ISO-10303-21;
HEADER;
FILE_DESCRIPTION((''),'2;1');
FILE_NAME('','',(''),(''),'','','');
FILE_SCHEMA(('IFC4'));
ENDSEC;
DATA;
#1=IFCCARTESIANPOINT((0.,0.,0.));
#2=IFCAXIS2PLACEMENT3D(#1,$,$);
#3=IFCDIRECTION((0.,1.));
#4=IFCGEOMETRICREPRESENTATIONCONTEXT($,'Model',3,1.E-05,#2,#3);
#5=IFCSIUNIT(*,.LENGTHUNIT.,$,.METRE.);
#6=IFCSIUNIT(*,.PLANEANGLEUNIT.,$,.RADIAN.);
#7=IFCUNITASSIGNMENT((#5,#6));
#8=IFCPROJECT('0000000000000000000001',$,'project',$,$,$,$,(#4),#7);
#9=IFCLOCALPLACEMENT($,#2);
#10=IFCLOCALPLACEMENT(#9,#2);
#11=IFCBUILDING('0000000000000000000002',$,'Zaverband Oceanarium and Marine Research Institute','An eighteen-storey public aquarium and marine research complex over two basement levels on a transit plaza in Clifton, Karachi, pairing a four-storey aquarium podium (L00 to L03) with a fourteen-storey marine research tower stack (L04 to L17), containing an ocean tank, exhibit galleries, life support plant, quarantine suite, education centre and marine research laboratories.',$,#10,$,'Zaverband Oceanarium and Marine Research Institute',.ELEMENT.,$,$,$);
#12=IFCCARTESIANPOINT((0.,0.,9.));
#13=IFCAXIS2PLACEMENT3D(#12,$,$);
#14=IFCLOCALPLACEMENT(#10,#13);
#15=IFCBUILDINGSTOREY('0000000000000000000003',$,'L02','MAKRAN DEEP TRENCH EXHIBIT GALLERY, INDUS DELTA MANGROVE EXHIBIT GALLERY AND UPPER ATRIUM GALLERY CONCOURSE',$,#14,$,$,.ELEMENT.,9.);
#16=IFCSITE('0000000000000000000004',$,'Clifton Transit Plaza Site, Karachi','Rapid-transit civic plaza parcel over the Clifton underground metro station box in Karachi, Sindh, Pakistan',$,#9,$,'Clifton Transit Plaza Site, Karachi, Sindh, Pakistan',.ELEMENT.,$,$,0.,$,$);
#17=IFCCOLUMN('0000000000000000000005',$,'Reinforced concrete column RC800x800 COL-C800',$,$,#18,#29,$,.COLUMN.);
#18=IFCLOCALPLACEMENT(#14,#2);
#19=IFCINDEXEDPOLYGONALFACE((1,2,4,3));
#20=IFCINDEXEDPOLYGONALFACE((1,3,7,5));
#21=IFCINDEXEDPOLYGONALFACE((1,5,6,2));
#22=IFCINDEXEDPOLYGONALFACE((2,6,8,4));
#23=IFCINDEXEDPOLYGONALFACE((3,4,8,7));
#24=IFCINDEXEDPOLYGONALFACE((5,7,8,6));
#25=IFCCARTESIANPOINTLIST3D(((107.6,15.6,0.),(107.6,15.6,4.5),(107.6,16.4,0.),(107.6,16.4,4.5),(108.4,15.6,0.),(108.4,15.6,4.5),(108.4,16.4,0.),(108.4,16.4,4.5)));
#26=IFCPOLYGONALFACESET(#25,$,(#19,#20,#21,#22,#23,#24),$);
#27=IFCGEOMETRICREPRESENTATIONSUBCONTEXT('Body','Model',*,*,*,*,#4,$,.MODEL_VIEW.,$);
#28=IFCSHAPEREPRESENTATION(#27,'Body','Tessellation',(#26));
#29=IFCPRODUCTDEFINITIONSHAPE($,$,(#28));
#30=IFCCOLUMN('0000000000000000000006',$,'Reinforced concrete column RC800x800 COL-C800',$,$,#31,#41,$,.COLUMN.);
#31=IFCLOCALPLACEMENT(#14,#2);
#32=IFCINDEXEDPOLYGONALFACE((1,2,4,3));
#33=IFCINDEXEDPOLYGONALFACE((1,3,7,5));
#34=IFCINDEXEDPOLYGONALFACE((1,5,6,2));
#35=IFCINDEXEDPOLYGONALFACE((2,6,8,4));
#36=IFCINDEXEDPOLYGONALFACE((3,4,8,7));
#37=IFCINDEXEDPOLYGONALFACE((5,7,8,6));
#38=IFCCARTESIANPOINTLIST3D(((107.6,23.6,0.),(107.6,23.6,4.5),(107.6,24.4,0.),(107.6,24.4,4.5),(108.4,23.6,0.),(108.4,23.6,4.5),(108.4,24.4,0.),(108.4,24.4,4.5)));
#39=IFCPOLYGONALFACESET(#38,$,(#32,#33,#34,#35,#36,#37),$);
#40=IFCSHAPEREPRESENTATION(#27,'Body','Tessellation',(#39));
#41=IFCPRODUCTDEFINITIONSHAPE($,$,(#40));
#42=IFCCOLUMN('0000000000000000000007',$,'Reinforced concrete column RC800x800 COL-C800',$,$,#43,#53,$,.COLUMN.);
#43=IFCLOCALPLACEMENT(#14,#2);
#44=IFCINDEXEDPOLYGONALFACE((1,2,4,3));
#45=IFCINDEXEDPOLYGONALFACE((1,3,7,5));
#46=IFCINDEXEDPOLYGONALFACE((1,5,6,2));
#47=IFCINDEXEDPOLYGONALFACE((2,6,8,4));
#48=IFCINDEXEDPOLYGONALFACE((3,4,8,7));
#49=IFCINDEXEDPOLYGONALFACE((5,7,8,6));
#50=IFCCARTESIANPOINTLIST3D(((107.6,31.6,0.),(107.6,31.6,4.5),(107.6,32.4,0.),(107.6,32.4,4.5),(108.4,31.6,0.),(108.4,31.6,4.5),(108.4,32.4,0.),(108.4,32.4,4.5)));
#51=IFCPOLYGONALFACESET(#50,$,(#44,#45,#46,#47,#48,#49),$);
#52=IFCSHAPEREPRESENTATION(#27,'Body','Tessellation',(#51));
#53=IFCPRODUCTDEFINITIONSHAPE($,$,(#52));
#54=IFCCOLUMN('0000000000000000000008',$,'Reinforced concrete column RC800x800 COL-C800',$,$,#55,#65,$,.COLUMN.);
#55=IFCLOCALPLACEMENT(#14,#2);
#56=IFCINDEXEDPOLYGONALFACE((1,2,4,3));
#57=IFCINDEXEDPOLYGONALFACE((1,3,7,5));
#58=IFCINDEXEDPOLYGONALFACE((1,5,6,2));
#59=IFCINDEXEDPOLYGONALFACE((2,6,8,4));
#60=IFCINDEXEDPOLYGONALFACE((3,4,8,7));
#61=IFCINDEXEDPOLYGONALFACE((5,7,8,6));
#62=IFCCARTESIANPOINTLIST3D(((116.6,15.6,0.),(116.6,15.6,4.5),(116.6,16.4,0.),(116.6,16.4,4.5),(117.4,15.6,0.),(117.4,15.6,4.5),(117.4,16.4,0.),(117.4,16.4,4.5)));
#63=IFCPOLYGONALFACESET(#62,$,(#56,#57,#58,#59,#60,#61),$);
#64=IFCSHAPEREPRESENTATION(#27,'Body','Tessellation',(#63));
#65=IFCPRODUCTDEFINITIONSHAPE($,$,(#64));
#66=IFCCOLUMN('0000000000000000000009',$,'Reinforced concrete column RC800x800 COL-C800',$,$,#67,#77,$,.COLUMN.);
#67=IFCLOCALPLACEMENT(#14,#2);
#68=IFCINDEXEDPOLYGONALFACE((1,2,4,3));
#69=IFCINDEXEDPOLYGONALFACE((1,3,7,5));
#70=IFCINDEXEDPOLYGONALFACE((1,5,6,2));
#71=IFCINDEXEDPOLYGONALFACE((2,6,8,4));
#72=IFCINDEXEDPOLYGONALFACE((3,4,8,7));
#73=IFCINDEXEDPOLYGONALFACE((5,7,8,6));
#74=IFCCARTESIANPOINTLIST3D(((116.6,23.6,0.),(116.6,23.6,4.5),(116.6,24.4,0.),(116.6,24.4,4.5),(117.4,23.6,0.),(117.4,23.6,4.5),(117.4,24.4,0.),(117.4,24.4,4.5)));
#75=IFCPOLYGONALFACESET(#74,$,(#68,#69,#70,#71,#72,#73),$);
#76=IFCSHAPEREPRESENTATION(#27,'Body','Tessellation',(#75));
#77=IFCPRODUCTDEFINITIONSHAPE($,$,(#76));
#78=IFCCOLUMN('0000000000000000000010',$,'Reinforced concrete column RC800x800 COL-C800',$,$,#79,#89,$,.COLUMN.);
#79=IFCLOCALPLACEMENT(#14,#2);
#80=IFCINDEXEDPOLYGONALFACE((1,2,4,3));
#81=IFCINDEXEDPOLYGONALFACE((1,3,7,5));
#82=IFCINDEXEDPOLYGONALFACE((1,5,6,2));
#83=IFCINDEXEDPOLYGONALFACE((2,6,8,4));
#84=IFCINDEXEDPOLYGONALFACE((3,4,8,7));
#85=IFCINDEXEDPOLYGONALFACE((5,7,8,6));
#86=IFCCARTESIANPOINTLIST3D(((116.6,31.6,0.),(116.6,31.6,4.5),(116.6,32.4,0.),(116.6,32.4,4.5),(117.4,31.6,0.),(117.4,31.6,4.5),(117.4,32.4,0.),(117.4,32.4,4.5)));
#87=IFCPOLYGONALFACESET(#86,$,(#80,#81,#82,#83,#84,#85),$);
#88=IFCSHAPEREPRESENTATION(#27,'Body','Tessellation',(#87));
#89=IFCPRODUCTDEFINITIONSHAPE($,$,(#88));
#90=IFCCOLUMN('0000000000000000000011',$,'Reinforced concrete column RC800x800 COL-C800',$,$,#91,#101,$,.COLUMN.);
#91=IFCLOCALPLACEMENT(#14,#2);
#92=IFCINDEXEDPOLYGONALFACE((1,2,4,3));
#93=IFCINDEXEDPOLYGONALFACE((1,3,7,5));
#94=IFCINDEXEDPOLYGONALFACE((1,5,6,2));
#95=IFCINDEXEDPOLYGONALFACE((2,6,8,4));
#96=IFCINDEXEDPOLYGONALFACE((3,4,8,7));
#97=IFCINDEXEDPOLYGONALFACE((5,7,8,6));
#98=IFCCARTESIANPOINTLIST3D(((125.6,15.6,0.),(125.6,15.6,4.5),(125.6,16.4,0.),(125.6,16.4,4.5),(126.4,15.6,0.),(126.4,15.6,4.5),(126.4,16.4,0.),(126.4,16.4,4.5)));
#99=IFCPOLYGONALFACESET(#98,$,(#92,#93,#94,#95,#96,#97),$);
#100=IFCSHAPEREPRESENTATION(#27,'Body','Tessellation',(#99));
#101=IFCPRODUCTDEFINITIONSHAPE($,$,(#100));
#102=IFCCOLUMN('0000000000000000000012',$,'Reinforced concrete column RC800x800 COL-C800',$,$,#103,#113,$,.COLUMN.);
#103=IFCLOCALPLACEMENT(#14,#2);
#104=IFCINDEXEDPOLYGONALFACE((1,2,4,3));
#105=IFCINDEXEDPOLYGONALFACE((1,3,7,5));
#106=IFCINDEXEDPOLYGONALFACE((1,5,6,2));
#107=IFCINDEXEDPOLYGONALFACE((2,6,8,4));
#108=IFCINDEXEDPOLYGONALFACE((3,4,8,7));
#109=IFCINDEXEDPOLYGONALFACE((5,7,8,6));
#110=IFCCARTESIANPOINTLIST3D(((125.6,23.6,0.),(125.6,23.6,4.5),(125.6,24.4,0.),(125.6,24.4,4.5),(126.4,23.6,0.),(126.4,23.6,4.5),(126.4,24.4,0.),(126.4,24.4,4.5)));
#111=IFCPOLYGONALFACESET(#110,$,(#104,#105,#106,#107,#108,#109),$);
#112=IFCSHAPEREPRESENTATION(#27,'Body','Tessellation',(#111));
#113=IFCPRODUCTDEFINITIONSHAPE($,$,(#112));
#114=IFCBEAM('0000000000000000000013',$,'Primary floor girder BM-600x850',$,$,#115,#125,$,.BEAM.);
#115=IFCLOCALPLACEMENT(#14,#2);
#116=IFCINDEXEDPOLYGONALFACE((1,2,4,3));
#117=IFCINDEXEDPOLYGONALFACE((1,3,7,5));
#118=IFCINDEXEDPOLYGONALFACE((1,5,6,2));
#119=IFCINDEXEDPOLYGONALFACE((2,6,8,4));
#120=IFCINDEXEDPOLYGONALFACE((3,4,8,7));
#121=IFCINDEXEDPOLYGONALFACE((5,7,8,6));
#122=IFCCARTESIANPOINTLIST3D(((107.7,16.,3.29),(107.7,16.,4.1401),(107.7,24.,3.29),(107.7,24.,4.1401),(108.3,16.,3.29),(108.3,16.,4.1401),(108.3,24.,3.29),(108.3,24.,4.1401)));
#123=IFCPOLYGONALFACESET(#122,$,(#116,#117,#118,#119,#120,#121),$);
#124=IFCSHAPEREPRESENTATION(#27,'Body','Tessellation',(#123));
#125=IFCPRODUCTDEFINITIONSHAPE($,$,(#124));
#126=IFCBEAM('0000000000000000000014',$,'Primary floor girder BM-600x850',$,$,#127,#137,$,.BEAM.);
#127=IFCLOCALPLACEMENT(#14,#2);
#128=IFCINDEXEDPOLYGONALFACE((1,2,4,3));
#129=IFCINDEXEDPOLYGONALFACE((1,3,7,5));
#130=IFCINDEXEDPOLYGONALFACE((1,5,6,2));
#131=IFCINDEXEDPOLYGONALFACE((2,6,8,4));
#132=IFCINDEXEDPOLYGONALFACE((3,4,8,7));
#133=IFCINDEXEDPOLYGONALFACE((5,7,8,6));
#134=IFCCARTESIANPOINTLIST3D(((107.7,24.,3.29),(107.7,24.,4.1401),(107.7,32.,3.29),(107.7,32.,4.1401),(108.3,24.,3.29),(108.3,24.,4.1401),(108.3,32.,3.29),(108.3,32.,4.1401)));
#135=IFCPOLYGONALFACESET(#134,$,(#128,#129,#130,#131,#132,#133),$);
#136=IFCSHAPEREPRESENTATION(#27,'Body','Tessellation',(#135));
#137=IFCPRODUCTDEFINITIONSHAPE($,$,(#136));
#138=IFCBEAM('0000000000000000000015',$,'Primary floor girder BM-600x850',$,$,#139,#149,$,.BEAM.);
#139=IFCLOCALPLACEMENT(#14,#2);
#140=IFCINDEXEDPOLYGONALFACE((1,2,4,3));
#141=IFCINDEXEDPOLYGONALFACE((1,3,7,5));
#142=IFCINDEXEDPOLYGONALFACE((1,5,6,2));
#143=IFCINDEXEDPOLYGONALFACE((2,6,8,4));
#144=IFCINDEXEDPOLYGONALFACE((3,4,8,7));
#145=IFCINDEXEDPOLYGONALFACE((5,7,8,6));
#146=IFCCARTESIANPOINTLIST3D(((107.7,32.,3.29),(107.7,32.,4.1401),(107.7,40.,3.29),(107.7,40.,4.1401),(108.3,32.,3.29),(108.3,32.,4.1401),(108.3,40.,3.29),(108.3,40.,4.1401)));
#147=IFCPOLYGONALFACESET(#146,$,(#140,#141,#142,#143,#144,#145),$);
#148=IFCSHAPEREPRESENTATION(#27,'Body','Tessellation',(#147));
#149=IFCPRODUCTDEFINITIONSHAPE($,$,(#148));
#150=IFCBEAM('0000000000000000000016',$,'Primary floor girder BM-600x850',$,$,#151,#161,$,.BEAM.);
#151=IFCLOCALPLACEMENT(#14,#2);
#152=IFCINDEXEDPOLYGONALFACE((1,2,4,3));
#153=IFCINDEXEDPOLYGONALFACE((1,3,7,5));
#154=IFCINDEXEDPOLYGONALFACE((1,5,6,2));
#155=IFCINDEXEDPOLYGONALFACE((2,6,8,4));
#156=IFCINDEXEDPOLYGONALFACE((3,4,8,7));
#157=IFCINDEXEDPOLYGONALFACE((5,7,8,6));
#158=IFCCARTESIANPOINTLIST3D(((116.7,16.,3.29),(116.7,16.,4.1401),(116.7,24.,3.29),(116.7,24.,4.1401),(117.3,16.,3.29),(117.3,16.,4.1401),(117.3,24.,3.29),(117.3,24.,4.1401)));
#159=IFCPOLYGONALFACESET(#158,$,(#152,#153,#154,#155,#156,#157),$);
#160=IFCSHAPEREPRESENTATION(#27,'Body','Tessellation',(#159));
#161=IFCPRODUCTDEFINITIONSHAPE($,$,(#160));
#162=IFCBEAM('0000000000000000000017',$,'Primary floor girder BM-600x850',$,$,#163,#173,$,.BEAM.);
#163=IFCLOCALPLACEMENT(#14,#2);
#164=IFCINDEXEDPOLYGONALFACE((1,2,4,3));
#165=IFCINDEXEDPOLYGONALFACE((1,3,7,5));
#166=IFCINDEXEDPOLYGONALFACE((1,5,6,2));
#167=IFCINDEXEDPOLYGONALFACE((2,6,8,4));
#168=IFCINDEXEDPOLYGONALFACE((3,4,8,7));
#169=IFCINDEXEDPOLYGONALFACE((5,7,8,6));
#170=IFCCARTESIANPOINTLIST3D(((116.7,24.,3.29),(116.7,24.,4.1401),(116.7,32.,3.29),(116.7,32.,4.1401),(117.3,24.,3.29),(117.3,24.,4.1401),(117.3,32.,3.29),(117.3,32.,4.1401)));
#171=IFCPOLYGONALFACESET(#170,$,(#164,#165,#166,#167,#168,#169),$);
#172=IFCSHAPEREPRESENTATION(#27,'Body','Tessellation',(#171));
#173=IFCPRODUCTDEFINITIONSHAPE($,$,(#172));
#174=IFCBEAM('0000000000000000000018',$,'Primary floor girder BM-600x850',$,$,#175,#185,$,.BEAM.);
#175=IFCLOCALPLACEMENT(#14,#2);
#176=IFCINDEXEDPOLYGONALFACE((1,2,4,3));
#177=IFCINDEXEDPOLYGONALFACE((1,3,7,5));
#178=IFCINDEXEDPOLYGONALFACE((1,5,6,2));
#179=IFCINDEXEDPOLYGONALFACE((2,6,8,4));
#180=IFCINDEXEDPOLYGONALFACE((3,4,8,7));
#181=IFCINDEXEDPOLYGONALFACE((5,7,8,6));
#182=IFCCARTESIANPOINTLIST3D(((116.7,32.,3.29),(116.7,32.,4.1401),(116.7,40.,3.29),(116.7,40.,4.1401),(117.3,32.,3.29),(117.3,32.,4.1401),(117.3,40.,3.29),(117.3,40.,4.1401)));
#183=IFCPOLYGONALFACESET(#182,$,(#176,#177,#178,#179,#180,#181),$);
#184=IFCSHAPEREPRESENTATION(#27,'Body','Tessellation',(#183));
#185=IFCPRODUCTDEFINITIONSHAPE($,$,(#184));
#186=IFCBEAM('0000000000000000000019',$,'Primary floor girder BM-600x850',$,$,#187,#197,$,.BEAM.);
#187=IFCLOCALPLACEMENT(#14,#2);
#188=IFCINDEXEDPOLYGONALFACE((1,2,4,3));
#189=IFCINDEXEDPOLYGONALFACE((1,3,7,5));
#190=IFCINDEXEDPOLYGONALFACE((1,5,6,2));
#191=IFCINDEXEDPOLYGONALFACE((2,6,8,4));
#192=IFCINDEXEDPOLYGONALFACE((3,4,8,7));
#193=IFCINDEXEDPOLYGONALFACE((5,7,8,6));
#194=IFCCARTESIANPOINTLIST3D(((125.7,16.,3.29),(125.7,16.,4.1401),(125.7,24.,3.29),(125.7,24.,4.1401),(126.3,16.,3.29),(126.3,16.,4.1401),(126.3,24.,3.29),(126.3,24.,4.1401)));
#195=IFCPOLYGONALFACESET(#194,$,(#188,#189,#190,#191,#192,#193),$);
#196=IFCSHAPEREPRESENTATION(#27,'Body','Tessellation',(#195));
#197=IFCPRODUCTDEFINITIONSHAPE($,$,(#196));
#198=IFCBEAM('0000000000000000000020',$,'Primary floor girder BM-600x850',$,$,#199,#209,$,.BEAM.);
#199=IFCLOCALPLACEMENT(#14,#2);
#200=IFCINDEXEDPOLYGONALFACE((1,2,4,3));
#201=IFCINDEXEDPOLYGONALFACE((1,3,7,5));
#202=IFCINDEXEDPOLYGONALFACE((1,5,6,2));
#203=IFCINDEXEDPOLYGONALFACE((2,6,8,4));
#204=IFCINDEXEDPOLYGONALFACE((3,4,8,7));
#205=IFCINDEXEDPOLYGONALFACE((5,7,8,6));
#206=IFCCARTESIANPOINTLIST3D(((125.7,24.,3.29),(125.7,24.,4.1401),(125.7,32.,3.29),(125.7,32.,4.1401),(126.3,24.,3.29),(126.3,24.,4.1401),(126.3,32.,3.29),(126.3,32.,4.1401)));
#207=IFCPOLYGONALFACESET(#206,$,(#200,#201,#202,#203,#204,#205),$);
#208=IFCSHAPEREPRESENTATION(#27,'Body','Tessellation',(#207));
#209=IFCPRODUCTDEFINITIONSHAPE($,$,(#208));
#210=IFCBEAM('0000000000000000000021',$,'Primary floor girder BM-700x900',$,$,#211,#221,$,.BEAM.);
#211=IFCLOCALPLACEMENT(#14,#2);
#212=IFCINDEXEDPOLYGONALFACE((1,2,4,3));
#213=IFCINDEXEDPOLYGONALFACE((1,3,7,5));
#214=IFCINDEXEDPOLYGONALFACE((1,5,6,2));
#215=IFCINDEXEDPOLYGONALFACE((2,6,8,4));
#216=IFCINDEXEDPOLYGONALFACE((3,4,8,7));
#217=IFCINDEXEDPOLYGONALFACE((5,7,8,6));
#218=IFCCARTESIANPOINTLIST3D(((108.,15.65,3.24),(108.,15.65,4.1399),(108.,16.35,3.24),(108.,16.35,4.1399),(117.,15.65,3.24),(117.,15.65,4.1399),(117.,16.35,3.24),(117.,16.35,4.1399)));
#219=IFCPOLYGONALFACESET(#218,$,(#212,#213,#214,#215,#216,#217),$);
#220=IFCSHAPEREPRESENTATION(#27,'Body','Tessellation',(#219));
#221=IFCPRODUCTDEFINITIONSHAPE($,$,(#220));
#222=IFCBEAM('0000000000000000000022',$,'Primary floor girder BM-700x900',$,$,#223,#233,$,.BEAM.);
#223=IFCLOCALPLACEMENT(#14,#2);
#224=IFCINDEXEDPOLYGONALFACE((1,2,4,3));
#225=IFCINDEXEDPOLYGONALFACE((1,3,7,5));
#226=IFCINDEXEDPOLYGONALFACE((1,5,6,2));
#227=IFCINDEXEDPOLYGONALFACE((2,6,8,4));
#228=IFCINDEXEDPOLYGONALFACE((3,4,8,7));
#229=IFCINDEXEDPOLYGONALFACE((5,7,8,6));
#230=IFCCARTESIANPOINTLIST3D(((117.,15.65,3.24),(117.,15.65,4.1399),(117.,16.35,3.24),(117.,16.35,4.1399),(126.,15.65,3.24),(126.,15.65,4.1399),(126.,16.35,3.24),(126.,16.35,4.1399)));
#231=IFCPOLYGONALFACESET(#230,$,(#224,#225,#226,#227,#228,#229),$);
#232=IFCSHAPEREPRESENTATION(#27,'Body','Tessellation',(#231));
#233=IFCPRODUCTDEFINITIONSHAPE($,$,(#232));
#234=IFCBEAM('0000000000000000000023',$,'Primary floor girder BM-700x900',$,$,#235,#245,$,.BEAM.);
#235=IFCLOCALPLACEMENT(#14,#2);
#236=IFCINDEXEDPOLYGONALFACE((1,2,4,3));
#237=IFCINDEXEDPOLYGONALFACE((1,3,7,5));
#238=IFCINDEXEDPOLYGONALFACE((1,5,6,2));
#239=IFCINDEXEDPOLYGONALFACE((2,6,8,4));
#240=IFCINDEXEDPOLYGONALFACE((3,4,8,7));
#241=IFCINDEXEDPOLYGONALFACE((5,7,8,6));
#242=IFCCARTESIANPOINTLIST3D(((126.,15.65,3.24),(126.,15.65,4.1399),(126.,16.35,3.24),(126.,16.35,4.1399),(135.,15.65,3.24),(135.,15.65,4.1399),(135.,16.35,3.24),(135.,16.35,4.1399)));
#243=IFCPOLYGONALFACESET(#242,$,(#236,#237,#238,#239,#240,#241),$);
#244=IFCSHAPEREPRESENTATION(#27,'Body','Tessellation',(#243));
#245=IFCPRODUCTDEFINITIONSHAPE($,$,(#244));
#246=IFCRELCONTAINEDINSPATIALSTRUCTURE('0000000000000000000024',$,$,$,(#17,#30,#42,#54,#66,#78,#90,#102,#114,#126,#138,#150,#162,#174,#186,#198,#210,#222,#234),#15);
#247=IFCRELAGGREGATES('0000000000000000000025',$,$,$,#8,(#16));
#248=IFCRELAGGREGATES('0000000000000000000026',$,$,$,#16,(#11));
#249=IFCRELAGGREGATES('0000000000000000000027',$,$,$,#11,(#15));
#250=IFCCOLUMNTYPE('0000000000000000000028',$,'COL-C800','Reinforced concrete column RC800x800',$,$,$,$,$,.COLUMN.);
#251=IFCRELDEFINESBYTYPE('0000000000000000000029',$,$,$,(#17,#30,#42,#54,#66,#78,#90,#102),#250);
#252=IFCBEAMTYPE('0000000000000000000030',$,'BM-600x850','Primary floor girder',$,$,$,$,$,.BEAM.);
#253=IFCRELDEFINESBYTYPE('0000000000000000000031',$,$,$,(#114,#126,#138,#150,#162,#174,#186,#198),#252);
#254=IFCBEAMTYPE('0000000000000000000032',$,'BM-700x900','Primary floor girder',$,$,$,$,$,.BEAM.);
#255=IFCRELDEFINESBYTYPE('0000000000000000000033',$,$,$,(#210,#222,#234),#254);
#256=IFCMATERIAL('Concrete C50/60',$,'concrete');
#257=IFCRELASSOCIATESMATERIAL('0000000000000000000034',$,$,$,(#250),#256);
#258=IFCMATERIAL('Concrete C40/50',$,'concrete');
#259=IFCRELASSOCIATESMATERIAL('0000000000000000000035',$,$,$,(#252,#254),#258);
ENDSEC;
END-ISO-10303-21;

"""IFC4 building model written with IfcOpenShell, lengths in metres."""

from ifc_helpers import new_model, si_unit, direction, frame, origin, origin_2d, place, context, subcontext, project, spatial, rectangle, extrude, material, material_profile, profile_set, type_object, element, save


model = new_model("IFC4")

# Units and contexts
model_context = context("Model", 3, precision=1e-05, world=origin(), true_north=direction((0.0, 1.0)))
body_context = subcontext(model_context, "Body", "Model", "MODEL_VIEW")
ifc_project = project(units=[si_unit("LENGTHUNIT", "METRE"), si_unit("PLANEANGLEUNIT", "RADIAN")], contexts=[model_context])

# Site, building, storey
site_placement = place(None, origin())
site = spatial("IfcSite", under=ifc_project, at=site_placement, Name="Clifton Transit Plaza Site, Karachi", Description="Rapid-transit civic plaza parcel over the Clifton underground metro station box in Karachi, Sindh, Pakistan", LongName="Clifton Transit Plaza Site, Karachi, Sindh, Pakistan", CompositionType="ELEMENT", RefElevation=0.0)
building_placement = place(site_placement, origin())
building = spatial("IfcBuilding", under=site, at=building_placement, Name="Zaverband Oceanarium and Marine Research Institute", Description="An eighteen-storey public aquarium and marine research complex over two basement levels on a transit plaza in Clifton, Karachi, pairing a four-storey aquarium podium (L00 to L03) with a fourteen-storey marine research tower stack (L04 to L17), containing an ocean tank, exhibit galleries, life support plant, quarantine suite, education centre and marine research laboratories.", LongName="Zaverband Oceanarium and Marine Research Institute", CompositionType="ELEMENT")
storey_placement = place(building_placement, frame((0.0, 0.0, 9.0)))
storey = spatial("IfcBuildingStorey", under=building, at=storey_placement, Name="L02", Description="MAKRAN DEEP TRENCH EXHIBIT GALLERY, INDUS DELTA MANGROVE EXHIBIT GALLERY AND UPPER ATRIUM GALLERY CONCOURSE", CompositionType="ELEMENT", Elevation=9.0)

# Columns
ifc_material_1 = material(Name="Concrete C50/60", Category="concrete")
ifc_material_profile_1 = material_profile(ifc_material_1, rectangle(XDim=0.8, YDim=0.8, at=origin_2d()), Name="RC800x800")
ifc_profile_set_1 = profile_set([ifc_material_profile_1], Name="Concrete C50/60")
column_type = type_object("IfcColumnType", Name="COL-C800", Description="Reinforced concrete column RC800x800", PredefinedType="COLUMN", material=ifc_profile_set_1)
for number, where, z_axis, x_axis, name in (
    (1, (108.0, 16.0, 0.0), (0.0, 0.0, 1.0), (1.0, 0.0, 0.0), "Reinforced concrete column RC800x800 COL-C800"),
    (2, (108.0, 24.0, 0.0), (0.0, 0.0, 1.0), (1.0, 0.0, 0.0), "Reinforced concrete column RC800x800 COL-C800"),
    (3, (108.0, 32.0, 0.0), (0.0, 0.0, 1.0), (1.0, 0.0, 0.0), "Reinforced concrete column RC800x800 COL-C800"),
    (4, (117.0, 16.0, 0.0), (0.0, 0.0, 1.0), (1.0, 0.0, 0.0), "Reinforced concrete column RC800x800 COL-C800"),
    (5, (117.0, 24.0, 0.0), (0.0, 0.0, 1.0), (1.0, 0.0, 0.0), "Reinforced concrete column RC800x800 COL-C800"),
    (6, (117.0, 32.0, 0.0), (0.0, 0.0, 1.0), (1.0, 0.0, 0.0), "Reinforced concrete column RC800x800 COL-C800"),
    (7, (126.0, 16.0, 0.0), (0.0, 0.0, 1.0), (1.0, 0.0, 0.0), "Reinforced concrete column RC800x800 COL-C800"),
    (8, (126.0, 24.0, 0.0), (0.0, 0.0, 1.0), (1.0, 0.0, 0.0), "Reinforced concrete column RC800x800 COL-C800"),
):
    element("IfcColumn", number, at=place(storey_placement, frame(where, z_axis=z_axis, x_axis=x_axis)), inside=storey, type_object=column_type, Name=name, PredefinedType="COLUMN", context=body_context, shape_type="SweptSolid", body=[
        extrude(rectangle(XDim=0.8, YDim=0.8, at=origin_2d()), origin(), (0.0, 0.0, 1.0), 4.5),
    ])

# Beams
ifc_material_2 = material(Name="Concrete C40/50", Category="concrete")
ifc_material_profile_2 = material_profile(ifc_material_2, rectangle(XDim=0.6001, YDim=0.8501, at=origin_2d()), Name="RC600x850")
ifc_profile_set_2 = profile_set([ifc_material_profile_2], Name="Concrete C40/50")
beam_type_1 = type_object("IfcBeamType", Name="BM-600x850", Description="Primary floor girder", PredefinedType="BEAM", material=ifc_profile_set_2)
for number, where, z_axis, x_axis, name in (
    (9, (108.0, 16.0, 3.7151), (0.0, 1.0, 0.0), (-1.0, 0.0, 0.0), "Primary floor girder BM-600x850"),
    (10, (108.0, 24.0, 3.7151), (0.0, 1.0, 0.0), (-1.0, 0.0, 0.0), "Primary floor girder BM-600x850"),
    (11, (108.0, 32.0, 3.7151), (0.0, 1.0, 0.0), (-1.0, 0.0, 0.0), "Primary floor girder BM-600x850"),
    (12, (117.0, 16.0, 3.7151), (0.0, 1.0, 0.0), (-1.0, 0.0, 0.0), "Primary floor girder BM-600x850"),
    (13, (117.0, 24.0, 3.7151), (0.0, 1.0, 0.0), (-1.0, 0.0, 0.0), "Primary floor girder BM-600x850"),
    (14, (117.0, 32.0, 3.7151), (0.0, 1.0, 0.0), (-1.0, 0.0, 0.0), "Primary floor girder BM-600x850"),
    (15, (126.0, 16.0, 3.7151), (0.0, 1.0, 0.0), (-1.0, 0.0, 0.0), "Primary floor girder BM-600x850"),
    (16, (126.0, 24.0, 3.7151), (0.0, 1.0, 0.0), (-1.0, 0.0, 0.0), "Primary floor girder BM-600x850"),
):
    element("IfcBeam", number, at=place(storey_placement, frame(where, z_axis=z_axis, x_axis=x_axis)), inside=storey, type_object=beam_type_1, Name=name, PredefinedType="BEAM", context=body_context, shape_type="SweptSolid", body=[
        extrude(rectangle(XDim=0.6001, YDim=0.8501, at=origin_2d()), origin(), (0.0, 0.0, 1.0), 8.0),
    ])
ifc_material_profile_3 = material_profile(ifc_material_2, rectangle(XDim=0.7, YDim=0.8999, at=origin_2d()), Name="RC700x900")
ifc_profile_set_3 = profile_set([ifc_material_profile_3], Name="Concrete C40/50")
beam_type_2 = type_object("IfcBeamType", Name="BM-700x900", Description="Primary floor girder", PredefinedType="BEAM", material=ifc_profile_set_3)
for number, where, z_axis, x_axis, name in (
    (17, (108.0, 16.0, 3.6899), (1.0, 0.0, 0.0), (0.0, 1.0, 0.0), "Primary floor girder BM-700x900"),
    (18, (117.0, 16.0, 3.6899), (1.0, 0.0, 0.0), (0.0, 1.0, 0.0), "Primary floor girder BM-700x900"),
    (19, (126.0, 16.0, 3.6899), (1.0, 0.0, 0.0), (0.0, 1.0, 0.0), "Primary floor girder BM-700x900"),
):
    element("IfcBeam", number, at=place(storey_placement, frame(where, z_axis=z_axis, x_axis=x_axis)), inside=storey, type_object=beam_type_2, Name=name, PredefinedType="BEAM", context=body_context, shape_type="SweptSolid", body=[
        extrude(rectangle(XDim=0.7, YDim=0.8999, at=origin_2d()), origin(), (0.0, 0.0, 1.0), 9.0),
    ])

save(model, "model.ifc")
